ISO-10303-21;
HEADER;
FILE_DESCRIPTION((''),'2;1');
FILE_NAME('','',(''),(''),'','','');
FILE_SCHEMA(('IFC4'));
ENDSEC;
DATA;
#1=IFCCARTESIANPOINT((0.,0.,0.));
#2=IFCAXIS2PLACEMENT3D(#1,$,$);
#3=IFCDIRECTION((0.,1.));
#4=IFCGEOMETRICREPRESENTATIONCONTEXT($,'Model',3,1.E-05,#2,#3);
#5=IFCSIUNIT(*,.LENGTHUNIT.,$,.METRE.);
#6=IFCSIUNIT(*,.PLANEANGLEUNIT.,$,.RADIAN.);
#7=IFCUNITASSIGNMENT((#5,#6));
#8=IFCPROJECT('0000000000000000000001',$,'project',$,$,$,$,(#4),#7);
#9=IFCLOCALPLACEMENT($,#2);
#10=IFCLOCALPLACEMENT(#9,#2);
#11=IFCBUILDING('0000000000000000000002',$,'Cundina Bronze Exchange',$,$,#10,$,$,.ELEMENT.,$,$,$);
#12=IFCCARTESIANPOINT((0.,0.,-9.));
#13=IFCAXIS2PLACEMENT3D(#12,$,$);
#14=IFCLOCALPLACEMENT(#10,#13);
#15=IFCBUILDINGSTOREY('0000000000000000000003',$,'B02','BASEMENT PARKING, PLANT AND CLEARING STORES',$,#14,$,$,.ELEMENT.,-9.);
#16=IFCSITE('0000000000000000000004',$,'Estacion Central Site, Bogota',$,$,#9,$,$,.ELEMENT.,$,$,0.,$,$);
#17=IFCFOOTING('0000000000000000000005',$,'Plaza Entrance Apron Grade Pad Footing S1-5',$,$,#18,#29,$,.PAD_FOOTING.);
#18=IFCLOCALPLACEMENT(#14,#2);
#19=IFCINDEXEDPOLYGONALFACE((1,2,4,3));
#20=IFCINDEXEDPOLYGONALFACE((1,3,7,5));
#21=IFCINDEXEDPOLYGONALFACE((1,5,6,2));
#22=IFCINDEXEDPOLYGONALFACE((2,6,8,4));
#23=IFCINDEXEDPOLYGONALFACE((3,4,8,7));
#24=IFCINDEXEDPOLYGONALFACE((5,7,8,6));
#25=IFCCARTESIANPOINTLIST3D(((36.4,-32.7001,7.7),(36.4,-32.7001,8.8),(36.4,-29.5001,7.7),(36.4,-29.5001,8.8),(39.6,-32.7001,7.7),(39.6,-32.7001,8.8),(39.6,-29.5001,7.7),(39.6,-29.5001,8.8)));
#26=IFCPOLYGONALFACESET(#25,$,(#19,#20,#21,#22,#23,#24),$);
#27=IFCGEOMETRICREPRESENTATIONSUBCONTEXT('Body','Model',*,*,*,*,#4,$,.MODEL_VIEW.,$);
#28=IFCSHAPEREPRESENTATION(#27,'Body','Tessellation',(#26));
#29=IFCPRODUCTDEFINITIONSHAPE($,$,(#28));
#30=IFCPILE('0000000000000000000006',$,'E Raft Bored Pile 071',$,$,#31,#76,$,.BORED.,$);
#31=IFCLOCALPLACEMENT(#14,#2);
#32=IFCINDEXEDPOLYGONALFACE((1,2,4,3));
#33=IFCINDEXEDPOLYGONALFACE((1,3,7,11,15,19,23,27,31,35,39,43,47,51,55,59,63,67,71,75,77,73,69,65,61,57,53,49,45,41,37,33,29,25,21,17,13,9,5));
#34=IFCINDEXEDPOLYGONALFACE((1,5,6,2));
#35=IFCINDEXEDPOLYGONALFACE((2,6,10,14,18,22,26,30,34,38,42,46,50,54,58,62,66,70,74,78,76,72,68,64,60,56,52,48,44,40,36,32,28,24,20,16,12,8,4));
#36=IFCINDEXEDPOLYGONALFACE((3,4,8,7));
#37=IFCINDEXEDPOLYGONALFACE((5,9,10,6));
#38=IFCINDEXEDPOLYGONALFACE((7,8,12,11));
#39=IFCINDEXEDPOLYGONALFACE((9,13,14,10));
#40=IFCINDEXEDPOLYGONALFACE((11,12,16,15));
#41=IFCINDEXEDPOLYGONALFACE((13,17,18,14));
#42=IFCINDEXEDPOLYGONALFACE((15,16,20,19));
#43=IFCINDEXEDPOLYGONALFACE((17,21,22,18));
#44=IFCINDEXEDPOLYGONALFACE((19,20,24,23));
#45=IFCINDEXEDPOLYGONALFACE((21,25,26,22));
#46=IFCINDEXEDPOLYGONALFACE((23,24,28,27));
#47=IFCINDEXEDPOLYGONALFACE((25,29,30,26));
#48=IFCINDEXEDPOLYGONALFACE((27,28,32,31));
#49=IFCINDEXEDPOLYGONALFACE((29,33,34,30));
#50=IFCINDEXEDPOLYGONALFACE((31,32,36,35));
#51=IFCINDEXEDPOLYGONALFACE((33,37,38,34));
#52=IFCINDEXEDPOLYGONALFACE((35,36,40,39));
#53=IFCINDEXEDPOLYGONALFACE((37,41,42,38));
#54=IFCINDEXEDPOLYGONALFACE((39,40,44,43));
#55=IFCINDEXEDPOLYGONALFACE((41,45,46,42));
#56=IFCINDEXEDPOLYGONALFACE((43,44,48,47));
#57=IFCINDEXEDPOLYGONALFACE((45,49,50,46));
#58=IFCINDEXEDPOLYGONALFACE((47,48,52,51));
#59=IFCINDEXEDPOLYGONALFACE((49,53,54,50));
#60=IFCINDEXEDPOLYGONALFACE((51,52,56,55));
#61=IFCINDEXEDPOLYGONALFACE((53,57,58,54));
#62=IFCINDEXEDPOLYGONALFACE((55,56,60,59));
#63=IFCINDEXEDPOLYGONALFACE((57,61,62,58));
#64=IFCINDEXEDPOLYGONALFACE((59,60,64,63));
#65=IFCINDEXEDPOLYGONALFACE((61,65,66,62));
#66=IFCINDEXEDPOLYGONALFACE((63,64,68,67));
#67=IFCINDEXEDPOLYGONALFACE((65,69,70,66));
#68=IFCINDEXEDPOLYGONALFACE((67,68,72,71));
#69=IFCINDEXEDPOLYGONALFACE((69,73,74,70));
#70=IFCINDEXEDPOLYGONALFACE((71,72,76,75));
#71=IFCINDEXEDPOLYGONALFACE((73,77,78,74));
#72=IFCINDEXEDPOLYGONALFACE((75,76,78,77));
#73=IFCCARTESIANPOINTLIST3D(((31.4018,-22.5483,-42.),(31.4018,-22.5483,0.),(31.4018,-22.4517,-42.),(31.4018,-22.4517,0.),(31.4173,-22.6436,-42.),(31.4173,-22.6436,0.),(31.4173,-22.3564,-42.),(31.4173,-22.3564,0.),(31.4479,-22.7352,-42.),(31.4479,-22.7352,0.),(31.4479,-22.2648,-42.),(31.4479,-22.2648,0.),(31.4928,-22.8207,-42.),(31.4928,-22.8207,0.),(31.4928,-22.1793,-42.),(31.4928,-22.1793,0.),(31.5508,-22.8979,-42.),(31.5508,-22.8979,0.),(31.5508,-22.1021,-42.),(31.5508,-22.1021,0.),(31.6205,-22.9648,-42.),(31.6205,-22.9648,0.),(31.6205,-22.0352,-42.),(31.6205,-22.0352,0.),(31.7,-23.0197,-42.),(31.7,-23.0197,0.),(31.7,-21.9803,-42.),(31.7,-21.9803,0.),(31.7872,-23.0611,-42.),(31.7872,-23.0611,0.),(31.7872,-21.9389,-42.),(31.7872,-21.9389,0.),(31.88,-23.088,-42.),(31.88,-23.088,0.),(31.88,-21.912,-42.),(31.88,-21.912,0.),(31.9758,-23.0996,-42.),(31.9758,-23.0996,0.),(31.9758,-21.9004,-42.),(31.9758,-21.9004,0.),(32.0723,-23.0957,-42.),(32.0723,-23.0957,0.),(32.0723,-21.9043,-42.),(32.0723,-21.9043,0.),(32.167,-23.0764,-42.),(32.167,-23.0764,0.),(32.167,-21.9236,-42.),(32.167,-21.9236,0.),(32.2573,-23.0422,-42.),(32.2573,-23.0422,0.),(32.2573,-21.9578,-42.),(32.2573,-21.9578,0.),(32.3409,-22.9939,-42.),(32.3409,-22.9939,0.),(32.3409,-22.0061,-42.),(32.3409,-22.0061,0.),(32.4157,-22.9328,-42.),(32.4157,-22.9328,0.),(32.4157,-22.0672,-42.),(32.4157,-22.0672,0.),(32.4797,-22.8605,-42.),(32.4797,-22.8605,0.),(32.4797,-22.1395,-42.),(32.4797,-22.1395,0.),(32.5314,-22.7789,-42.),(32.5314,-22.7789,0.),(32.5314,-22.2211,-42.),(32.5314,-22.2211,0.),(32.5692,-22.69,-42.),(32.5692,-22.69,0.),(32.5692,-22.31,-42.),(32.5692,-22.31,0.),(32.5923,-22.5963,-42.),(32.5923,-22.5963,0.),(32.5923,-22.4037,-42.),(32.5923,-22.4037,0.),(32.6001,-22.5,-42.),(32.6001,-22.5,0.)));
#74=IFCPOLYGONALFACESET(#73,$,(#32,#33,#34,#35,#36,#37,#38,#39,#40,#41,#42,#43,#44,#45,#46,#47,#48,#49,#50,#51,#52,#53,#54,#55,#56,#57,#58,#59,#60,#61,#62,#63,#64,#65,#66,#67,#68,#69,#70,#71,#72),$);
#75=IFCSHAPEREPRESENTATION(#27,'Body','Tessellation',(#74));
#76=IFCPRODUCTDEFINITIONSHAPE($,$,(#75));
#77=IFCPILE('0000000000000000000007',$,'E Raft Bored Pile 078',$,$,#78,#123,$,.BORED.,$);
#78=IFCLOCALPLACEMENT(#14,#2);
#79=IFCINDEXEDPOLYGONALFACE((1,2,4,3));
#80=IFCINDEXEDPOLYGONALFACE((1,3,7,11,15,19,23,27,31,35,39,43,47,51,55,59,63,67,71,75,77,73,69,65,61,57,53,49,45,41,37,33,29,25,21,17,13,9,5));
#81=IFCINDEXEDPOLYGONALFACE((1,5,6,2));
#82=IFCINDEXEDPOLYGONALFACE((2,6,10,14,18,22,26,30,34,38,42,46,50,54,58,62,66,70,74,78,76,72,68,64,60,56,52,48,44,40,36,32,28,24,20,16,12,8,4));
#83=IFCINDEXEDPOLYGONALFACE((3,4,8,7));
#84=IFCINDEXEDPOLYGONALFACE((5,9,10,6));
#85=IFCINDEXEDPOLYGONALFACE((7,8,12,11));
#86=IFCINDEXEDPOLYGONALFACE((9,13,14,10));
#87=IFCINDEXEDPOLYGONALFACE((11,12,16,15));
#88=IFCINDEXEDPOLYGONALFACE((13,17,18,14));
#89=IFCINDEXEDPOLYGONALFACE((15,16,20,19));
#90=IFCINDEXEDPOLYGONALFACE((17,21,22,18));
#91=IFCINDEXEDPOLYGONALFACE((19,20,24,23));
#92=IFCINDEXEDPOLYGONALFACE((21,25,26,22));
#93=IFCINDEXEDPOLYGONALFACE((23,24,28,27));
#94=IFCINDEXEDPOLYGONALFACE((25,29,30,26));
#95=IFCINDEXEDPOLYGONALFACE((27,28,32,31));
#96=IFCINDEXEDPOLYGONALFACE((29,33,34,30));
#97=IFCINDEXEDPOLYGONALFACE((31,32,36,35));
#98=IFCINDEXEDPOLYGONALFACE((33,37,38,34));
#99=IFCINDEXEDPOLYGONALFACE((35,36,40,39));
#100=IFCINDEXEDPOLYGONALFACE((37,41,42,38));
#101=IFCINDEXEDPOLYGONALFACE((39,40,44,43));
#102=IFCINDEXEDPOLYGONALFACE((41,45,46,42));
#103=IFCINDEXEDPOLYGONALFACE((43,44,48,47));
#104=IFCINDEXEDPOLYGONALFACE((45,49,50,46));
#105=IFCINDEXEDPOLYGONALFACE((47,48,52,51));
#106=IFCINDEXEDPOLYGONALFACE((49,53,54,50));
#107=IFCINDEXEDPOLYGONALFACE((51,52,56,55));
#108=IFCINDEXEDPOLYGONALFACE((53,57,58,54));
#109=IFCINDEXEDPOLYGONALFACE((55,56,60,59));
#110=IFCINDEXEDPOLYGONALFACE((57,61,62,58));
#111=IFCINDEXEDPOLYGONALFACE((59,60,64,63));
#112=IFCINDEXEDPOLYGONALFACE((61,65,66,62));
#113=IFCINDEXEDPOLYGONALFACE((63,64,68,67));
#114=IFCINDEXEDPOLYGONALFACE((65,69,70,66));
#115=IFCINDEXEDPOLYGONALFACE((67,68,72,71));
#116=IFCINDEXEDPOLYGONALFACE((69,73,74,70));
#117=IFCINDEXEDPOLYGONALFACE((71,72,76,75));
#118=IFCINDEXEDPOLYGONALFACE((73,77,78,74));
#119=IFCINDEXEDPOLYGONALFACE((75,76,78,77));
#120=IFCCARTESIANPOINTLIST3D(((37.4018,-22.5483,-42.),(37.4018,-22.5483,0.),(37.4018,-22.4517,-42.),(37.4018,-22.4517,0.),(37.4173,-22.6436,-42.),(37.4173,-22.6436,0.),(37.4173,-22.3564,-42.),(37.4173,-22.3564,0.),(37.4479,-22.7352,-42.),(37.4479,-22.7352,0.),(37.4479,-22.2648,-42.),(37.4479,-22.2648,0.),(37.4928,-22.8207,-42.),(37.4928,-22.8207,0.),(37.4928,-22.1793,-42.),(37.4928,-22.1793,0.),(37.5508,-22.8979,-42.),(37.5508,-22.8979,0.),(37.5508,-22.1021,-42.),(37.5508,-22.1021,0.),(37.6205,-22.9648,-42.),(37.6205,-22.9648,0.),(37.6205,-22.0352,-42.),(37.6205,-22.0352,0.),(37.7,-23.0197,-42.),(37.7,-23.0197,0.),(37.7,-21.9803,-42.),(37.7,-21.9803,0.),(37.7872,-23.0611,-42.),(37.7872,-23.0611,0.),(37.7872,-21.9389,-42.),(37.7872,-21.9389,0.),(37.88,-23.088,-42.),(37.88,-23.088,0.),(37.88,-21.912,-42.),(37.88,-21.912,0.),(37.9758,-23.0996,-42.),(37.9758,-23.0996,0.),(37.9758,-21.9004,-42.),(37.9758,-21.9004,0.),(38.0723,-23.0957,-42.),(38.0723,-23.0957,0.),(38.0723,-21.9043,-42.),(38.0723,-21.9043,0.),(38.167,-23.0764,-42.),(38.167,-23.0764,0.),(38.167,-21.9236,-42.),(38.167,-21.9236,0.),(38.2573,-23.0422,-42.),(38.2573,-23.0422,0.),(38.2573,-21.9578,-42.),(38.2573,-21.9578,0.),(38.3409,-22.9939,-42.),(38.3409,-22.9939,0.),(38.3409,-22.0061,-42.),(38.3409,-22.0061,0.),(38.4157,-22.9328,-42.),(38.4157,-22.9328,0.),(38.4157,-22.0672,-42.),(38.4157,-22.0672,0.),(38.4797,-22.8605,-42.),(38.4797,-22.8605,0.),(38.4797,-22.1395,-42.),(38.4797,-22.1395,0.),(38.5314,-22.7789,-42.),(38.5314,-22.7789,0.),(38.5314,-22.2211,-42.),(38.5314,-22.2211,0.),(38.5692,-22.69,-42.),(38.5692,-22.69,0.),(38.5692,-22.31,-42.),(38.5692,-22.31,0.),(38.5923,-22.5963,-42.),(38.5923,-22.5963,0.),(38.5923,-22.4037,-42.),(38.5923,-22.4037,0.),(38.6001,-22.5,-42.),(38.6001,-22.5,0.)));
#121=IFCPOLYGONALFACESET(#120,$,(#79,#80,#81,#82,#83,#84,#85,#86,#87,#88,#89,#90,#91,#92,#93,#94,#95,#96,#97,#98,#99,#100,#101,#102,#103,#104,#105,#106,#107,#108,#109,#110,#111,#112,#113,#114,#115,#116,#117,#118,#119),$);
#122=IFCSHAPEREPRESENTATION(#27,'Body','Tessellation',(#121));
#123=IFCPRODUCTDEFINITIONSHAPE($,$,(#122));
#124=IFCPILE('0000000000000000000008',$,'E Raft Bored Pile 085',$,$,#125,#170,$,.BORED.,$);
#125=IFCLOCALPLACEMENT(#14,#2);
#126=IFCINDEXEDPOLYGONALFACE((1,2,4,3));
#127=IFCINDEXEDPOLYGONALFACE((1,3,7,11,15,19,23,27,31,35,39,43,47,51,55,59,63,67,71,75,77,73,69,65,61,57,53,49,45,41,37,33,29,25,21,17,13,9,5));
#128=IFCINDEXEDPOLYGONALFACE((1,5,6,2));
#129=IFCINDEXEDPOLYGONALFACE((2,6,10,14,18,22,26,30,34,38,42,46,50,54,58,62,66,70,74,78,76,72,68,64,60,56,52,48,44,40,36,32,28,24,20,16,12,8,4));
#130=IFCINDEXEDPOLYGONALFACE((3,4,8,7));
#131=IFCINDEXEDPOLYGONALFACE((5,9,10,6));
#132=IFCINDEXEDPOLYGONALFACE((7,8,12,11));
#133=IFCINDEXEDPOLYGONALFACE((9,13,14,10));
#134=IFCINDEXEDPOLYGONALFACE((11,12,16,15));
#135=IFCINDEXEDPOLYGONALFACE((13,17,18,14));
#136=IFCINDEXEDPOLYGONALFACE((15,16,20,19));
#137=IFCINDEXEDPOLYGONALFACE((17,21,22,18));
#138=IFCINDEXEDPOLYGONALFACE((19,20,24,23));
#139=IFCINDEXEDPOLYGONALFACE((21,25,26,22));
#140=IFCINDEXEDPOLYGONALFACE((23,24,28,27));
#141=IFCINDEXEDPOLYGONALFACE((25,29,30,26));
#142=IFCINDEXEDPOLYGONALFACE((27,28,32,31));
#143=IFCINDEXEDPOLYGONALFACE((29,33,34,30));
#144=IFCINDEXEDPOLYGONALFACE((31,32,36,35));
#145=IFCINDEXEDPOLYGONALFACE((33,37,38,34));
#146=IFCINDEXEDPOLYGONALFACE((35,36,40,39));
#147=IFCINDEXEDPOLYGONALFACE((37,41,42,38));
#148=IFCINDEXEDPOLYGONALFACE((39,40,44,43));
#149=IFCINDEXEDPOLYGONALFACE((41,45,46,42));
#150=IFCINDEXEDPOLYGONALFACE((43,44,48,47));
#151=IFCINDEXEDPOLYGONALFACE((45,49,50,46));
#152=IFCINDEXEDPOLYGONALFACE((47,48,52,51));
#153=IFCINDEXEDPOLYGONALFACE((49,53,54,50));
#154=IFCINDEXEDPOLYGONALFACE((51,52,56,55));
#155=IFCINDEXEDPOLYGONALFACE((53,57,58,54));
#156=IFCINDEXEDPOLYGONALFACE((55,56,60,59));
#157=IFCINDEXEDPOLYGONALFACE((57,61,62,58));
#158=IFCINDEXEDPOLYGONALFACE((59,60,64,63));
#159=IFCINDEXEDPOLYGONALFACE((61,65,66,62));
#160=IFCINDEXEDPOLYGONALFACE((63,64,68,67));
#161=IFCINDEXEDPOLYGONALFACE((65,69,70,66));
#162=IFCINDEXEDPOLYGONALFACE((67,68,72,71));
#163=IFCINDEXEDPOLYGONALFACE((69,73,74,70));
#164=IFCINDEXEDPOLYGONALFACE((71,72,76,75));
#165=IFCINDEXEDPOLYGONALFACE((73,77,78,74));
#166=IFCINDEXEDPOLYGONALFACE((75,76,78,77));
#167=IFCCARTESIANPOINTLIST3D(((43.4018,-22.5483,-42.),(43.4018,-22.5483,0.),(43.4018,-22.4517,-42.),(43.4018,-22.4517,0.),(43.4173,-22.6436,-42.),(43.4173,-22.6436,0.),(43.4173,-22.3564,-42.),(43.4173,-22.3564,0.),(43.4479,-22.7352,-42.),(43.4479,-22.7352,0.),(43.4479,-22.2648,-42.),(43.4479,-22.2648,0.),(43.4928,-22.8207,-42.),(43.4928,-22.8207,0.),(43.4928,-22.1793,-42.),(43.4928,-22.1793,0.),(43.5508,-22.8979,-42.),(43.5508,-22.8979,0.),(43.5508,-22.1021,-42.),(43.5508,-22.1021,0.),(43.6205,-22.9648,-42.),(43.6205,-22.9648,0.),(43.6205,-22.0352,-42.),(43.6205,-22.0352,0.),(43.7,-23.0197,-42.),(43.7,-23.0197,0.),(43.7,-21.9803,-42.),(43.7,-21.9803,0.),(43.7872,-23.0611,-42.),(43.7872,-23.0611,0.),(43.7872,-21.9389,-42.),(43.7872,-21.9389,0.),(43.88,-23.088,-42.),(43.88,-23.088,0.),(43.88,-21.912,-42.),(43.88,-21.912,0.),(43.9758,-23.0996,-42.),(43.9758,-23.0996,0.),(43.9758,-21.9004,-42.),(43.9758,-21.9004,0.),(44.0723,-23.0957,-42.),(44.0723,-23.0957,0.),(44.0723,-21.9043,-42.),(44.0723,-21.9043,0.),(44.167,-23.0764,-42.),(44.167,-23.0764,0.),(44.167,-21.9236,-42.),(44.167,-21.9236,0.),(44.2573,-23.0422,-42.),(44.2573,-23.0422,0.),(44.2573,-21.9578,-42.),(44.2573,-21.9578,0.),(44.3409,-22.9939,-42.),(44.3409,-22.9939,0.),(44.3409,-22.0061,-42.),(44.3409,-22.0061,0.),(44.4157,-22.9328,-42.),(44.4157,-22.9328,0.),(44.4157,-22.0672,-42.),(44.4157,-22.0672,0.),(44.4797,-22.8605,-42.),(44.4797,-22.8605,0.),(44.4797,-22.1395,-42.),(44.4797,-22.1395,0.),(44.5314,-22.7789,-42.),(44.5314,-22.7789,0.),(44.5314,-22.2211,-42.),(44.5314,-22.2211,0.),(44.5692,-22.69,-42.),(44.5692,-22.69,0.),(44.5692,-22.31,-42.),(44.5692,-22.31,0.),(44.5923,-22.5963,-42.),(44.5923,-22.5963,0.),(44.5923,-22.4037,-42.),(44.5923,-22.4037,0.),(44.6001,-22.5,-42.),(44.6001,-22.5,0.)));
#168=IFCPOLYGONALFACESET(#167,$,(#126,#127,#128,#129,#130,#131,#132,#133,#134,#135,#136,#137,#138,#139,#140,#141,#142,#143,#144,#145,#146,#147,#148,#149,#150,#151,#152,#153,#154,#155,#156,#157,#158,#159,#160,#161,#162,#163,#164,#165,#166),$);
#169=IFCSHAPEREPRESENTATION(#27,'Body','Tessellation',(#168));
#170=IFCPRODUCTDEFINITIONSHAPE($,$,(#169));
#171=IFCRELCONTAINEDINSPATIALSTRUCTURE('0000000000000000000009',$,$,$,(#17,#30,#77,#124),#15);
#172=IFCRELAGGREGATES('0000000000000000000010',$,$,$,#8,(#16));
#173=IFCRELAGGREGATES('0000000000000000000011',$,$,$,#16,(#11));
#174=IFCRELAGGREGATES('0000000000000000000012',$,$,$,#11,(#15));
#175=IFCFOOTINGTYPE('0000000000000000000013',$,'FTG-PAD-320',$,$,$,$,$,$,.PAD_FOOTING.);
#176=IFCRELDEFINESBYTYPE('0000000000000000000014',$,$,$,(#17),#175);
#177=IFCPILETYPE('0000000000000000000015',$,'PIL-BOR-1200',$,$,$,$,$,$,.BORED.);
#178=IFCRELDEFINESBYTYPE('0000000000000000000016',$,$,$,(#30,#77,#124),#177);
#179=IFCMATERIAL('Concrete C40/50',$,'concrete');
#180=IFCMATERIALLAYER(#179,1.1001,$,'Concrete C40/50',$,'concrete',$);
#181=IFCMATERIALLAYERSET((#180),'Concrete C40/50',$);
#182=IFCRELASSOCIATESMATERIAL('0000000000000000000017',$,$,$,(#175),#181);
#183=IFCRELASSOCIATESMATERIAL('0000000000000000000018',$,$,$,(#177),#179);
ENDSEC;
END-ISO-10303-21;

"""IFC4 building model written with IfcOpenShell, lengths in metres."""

from ifc_helpers import new_model, si_unit, direction, frame, origin, origin_2d, place, context, subcontext, project, spatial, rectangle, circle, extrude, material, layer, layer_set, material_profile, profile_set, type_object, element, save


model = new_model("IFC4")

# Units and contexts
model_context = context("Model", 3, precision=1e-05, world=origin(), true_north=direction((0.0, 1.0)))
body_context = subcontext(model_context, "Body", "Model", "MODEL_VIEW")
ifc_project = project(units=[si_unit("LENGTHUNIT", "METRE"), si_unit("PLANEANGLEUNIT", "RADIAN")], contexts=[model_context])

# Site, building, storey
site_placement = place(None, origin())
site = spatial("IfcSite", under=ifc_project, at=site_placement, Name="Estacion Central Site, Bogota", CompositionType="ELEMENT", RefElevation=0.0)
building_placement = place(site_placement, origin())
building = spatial("IfcBuilding", under=site, at=building_placement, Name="Cundina Bronze Exchange", CompositionType="ELEMENT")
storey_placement = place(building_placement, frame((0.0, 0.0, -9.0)))
storey = spatial("IfcBuildingStorey", under=building, at=storey_placement, Name="B02", Description="BASEMENT PARKING, PLANT AND CLEARING STORES", CompositionType="ELEMENT", Elevation=-9.0)

# Footing
ifc_material_1 = material(Name="Concrete C40/50", Category="concrete")
ifc_layer_1 = layer(ifc_material_1, 1.1001, Name="Concrete C40/50", Category="concrete")
ifc_layer_set_1 = layer_set([ifc_layer_1], Name="Concrete C40/50")
footing_type = type_object("IfcFootingType", Name="FTG-PAD-320", PredefinedType="PAD_FOOTING", material=ifc_layer_set_1)
footing_placement = place(storey_placement, frame((38.0, -31.1001, 7.7), z_axis=(0.0, 0.0, 1.0), x_axis=(1.0, 0.0, 0.0)))
element("IfcFooting", 1, at=footing_placement, inside=storey, type_object=footing_type, Name="Plaza Entrance Apron Grade Pad Footing S1-5", PredefinedType="PAD_FOOTING", context=body_context, shape_type="SweptSolid", body=[
    extrude(rectangle(XDim=3.2, YDim=3.2, at=origin_2d()), origin(), (0.0, 0.0, 1.0), 1.1001),
])

# Piles
ifc_material_profile_1 = material_profile(ifc_material_1, circle(Radius=0.6001, at=origin_2d()), Name="PILE1200D", Category="concrete")
ifc_profile_set_1 = profile_set([ifc_material_profile_1], Name="Concrete C40/50")
pile_type_1 = type_object("IfcPileType", Name="PIL-BOR-1200", PredefinedType="BORED", material=ifc_profile_set_1)
for number, where, z_axis, x_axis, name in (
    (2, (32.0, -22.5, 0.0), (0.0, 0.0, -1.0), (1.0, 0.0, 0.0), "E Raft Bored Pile 071"),
    (3, (38.0, -22.5, 0.0), (0.0, 0.0, -1.0), (1.0, 0.0, 0.0), "E Raft Bored Pile 078"),
    (4, (44.0, -22.5, 0.0), (0.0, 0.0, -1.0), (1.0, 0.0, 0.0), "E Raft Bored Pile 085"),
):
    element("IfcPile", number, at=place(storey_placement, frame(where, z_axis=z_axis, x_axis=x_axis)), inside=storey, type_object=pile_type_1, Name=name, PredefinedType="BORED", context=body_context, shape_type="SweptSolid", body=[
        extrude(circle(Radius=0.6001, at=origin_2d()), origin(), (0.0, 0.0, 1.0), 42.0),
    ])

save(model, "model.ifc")
